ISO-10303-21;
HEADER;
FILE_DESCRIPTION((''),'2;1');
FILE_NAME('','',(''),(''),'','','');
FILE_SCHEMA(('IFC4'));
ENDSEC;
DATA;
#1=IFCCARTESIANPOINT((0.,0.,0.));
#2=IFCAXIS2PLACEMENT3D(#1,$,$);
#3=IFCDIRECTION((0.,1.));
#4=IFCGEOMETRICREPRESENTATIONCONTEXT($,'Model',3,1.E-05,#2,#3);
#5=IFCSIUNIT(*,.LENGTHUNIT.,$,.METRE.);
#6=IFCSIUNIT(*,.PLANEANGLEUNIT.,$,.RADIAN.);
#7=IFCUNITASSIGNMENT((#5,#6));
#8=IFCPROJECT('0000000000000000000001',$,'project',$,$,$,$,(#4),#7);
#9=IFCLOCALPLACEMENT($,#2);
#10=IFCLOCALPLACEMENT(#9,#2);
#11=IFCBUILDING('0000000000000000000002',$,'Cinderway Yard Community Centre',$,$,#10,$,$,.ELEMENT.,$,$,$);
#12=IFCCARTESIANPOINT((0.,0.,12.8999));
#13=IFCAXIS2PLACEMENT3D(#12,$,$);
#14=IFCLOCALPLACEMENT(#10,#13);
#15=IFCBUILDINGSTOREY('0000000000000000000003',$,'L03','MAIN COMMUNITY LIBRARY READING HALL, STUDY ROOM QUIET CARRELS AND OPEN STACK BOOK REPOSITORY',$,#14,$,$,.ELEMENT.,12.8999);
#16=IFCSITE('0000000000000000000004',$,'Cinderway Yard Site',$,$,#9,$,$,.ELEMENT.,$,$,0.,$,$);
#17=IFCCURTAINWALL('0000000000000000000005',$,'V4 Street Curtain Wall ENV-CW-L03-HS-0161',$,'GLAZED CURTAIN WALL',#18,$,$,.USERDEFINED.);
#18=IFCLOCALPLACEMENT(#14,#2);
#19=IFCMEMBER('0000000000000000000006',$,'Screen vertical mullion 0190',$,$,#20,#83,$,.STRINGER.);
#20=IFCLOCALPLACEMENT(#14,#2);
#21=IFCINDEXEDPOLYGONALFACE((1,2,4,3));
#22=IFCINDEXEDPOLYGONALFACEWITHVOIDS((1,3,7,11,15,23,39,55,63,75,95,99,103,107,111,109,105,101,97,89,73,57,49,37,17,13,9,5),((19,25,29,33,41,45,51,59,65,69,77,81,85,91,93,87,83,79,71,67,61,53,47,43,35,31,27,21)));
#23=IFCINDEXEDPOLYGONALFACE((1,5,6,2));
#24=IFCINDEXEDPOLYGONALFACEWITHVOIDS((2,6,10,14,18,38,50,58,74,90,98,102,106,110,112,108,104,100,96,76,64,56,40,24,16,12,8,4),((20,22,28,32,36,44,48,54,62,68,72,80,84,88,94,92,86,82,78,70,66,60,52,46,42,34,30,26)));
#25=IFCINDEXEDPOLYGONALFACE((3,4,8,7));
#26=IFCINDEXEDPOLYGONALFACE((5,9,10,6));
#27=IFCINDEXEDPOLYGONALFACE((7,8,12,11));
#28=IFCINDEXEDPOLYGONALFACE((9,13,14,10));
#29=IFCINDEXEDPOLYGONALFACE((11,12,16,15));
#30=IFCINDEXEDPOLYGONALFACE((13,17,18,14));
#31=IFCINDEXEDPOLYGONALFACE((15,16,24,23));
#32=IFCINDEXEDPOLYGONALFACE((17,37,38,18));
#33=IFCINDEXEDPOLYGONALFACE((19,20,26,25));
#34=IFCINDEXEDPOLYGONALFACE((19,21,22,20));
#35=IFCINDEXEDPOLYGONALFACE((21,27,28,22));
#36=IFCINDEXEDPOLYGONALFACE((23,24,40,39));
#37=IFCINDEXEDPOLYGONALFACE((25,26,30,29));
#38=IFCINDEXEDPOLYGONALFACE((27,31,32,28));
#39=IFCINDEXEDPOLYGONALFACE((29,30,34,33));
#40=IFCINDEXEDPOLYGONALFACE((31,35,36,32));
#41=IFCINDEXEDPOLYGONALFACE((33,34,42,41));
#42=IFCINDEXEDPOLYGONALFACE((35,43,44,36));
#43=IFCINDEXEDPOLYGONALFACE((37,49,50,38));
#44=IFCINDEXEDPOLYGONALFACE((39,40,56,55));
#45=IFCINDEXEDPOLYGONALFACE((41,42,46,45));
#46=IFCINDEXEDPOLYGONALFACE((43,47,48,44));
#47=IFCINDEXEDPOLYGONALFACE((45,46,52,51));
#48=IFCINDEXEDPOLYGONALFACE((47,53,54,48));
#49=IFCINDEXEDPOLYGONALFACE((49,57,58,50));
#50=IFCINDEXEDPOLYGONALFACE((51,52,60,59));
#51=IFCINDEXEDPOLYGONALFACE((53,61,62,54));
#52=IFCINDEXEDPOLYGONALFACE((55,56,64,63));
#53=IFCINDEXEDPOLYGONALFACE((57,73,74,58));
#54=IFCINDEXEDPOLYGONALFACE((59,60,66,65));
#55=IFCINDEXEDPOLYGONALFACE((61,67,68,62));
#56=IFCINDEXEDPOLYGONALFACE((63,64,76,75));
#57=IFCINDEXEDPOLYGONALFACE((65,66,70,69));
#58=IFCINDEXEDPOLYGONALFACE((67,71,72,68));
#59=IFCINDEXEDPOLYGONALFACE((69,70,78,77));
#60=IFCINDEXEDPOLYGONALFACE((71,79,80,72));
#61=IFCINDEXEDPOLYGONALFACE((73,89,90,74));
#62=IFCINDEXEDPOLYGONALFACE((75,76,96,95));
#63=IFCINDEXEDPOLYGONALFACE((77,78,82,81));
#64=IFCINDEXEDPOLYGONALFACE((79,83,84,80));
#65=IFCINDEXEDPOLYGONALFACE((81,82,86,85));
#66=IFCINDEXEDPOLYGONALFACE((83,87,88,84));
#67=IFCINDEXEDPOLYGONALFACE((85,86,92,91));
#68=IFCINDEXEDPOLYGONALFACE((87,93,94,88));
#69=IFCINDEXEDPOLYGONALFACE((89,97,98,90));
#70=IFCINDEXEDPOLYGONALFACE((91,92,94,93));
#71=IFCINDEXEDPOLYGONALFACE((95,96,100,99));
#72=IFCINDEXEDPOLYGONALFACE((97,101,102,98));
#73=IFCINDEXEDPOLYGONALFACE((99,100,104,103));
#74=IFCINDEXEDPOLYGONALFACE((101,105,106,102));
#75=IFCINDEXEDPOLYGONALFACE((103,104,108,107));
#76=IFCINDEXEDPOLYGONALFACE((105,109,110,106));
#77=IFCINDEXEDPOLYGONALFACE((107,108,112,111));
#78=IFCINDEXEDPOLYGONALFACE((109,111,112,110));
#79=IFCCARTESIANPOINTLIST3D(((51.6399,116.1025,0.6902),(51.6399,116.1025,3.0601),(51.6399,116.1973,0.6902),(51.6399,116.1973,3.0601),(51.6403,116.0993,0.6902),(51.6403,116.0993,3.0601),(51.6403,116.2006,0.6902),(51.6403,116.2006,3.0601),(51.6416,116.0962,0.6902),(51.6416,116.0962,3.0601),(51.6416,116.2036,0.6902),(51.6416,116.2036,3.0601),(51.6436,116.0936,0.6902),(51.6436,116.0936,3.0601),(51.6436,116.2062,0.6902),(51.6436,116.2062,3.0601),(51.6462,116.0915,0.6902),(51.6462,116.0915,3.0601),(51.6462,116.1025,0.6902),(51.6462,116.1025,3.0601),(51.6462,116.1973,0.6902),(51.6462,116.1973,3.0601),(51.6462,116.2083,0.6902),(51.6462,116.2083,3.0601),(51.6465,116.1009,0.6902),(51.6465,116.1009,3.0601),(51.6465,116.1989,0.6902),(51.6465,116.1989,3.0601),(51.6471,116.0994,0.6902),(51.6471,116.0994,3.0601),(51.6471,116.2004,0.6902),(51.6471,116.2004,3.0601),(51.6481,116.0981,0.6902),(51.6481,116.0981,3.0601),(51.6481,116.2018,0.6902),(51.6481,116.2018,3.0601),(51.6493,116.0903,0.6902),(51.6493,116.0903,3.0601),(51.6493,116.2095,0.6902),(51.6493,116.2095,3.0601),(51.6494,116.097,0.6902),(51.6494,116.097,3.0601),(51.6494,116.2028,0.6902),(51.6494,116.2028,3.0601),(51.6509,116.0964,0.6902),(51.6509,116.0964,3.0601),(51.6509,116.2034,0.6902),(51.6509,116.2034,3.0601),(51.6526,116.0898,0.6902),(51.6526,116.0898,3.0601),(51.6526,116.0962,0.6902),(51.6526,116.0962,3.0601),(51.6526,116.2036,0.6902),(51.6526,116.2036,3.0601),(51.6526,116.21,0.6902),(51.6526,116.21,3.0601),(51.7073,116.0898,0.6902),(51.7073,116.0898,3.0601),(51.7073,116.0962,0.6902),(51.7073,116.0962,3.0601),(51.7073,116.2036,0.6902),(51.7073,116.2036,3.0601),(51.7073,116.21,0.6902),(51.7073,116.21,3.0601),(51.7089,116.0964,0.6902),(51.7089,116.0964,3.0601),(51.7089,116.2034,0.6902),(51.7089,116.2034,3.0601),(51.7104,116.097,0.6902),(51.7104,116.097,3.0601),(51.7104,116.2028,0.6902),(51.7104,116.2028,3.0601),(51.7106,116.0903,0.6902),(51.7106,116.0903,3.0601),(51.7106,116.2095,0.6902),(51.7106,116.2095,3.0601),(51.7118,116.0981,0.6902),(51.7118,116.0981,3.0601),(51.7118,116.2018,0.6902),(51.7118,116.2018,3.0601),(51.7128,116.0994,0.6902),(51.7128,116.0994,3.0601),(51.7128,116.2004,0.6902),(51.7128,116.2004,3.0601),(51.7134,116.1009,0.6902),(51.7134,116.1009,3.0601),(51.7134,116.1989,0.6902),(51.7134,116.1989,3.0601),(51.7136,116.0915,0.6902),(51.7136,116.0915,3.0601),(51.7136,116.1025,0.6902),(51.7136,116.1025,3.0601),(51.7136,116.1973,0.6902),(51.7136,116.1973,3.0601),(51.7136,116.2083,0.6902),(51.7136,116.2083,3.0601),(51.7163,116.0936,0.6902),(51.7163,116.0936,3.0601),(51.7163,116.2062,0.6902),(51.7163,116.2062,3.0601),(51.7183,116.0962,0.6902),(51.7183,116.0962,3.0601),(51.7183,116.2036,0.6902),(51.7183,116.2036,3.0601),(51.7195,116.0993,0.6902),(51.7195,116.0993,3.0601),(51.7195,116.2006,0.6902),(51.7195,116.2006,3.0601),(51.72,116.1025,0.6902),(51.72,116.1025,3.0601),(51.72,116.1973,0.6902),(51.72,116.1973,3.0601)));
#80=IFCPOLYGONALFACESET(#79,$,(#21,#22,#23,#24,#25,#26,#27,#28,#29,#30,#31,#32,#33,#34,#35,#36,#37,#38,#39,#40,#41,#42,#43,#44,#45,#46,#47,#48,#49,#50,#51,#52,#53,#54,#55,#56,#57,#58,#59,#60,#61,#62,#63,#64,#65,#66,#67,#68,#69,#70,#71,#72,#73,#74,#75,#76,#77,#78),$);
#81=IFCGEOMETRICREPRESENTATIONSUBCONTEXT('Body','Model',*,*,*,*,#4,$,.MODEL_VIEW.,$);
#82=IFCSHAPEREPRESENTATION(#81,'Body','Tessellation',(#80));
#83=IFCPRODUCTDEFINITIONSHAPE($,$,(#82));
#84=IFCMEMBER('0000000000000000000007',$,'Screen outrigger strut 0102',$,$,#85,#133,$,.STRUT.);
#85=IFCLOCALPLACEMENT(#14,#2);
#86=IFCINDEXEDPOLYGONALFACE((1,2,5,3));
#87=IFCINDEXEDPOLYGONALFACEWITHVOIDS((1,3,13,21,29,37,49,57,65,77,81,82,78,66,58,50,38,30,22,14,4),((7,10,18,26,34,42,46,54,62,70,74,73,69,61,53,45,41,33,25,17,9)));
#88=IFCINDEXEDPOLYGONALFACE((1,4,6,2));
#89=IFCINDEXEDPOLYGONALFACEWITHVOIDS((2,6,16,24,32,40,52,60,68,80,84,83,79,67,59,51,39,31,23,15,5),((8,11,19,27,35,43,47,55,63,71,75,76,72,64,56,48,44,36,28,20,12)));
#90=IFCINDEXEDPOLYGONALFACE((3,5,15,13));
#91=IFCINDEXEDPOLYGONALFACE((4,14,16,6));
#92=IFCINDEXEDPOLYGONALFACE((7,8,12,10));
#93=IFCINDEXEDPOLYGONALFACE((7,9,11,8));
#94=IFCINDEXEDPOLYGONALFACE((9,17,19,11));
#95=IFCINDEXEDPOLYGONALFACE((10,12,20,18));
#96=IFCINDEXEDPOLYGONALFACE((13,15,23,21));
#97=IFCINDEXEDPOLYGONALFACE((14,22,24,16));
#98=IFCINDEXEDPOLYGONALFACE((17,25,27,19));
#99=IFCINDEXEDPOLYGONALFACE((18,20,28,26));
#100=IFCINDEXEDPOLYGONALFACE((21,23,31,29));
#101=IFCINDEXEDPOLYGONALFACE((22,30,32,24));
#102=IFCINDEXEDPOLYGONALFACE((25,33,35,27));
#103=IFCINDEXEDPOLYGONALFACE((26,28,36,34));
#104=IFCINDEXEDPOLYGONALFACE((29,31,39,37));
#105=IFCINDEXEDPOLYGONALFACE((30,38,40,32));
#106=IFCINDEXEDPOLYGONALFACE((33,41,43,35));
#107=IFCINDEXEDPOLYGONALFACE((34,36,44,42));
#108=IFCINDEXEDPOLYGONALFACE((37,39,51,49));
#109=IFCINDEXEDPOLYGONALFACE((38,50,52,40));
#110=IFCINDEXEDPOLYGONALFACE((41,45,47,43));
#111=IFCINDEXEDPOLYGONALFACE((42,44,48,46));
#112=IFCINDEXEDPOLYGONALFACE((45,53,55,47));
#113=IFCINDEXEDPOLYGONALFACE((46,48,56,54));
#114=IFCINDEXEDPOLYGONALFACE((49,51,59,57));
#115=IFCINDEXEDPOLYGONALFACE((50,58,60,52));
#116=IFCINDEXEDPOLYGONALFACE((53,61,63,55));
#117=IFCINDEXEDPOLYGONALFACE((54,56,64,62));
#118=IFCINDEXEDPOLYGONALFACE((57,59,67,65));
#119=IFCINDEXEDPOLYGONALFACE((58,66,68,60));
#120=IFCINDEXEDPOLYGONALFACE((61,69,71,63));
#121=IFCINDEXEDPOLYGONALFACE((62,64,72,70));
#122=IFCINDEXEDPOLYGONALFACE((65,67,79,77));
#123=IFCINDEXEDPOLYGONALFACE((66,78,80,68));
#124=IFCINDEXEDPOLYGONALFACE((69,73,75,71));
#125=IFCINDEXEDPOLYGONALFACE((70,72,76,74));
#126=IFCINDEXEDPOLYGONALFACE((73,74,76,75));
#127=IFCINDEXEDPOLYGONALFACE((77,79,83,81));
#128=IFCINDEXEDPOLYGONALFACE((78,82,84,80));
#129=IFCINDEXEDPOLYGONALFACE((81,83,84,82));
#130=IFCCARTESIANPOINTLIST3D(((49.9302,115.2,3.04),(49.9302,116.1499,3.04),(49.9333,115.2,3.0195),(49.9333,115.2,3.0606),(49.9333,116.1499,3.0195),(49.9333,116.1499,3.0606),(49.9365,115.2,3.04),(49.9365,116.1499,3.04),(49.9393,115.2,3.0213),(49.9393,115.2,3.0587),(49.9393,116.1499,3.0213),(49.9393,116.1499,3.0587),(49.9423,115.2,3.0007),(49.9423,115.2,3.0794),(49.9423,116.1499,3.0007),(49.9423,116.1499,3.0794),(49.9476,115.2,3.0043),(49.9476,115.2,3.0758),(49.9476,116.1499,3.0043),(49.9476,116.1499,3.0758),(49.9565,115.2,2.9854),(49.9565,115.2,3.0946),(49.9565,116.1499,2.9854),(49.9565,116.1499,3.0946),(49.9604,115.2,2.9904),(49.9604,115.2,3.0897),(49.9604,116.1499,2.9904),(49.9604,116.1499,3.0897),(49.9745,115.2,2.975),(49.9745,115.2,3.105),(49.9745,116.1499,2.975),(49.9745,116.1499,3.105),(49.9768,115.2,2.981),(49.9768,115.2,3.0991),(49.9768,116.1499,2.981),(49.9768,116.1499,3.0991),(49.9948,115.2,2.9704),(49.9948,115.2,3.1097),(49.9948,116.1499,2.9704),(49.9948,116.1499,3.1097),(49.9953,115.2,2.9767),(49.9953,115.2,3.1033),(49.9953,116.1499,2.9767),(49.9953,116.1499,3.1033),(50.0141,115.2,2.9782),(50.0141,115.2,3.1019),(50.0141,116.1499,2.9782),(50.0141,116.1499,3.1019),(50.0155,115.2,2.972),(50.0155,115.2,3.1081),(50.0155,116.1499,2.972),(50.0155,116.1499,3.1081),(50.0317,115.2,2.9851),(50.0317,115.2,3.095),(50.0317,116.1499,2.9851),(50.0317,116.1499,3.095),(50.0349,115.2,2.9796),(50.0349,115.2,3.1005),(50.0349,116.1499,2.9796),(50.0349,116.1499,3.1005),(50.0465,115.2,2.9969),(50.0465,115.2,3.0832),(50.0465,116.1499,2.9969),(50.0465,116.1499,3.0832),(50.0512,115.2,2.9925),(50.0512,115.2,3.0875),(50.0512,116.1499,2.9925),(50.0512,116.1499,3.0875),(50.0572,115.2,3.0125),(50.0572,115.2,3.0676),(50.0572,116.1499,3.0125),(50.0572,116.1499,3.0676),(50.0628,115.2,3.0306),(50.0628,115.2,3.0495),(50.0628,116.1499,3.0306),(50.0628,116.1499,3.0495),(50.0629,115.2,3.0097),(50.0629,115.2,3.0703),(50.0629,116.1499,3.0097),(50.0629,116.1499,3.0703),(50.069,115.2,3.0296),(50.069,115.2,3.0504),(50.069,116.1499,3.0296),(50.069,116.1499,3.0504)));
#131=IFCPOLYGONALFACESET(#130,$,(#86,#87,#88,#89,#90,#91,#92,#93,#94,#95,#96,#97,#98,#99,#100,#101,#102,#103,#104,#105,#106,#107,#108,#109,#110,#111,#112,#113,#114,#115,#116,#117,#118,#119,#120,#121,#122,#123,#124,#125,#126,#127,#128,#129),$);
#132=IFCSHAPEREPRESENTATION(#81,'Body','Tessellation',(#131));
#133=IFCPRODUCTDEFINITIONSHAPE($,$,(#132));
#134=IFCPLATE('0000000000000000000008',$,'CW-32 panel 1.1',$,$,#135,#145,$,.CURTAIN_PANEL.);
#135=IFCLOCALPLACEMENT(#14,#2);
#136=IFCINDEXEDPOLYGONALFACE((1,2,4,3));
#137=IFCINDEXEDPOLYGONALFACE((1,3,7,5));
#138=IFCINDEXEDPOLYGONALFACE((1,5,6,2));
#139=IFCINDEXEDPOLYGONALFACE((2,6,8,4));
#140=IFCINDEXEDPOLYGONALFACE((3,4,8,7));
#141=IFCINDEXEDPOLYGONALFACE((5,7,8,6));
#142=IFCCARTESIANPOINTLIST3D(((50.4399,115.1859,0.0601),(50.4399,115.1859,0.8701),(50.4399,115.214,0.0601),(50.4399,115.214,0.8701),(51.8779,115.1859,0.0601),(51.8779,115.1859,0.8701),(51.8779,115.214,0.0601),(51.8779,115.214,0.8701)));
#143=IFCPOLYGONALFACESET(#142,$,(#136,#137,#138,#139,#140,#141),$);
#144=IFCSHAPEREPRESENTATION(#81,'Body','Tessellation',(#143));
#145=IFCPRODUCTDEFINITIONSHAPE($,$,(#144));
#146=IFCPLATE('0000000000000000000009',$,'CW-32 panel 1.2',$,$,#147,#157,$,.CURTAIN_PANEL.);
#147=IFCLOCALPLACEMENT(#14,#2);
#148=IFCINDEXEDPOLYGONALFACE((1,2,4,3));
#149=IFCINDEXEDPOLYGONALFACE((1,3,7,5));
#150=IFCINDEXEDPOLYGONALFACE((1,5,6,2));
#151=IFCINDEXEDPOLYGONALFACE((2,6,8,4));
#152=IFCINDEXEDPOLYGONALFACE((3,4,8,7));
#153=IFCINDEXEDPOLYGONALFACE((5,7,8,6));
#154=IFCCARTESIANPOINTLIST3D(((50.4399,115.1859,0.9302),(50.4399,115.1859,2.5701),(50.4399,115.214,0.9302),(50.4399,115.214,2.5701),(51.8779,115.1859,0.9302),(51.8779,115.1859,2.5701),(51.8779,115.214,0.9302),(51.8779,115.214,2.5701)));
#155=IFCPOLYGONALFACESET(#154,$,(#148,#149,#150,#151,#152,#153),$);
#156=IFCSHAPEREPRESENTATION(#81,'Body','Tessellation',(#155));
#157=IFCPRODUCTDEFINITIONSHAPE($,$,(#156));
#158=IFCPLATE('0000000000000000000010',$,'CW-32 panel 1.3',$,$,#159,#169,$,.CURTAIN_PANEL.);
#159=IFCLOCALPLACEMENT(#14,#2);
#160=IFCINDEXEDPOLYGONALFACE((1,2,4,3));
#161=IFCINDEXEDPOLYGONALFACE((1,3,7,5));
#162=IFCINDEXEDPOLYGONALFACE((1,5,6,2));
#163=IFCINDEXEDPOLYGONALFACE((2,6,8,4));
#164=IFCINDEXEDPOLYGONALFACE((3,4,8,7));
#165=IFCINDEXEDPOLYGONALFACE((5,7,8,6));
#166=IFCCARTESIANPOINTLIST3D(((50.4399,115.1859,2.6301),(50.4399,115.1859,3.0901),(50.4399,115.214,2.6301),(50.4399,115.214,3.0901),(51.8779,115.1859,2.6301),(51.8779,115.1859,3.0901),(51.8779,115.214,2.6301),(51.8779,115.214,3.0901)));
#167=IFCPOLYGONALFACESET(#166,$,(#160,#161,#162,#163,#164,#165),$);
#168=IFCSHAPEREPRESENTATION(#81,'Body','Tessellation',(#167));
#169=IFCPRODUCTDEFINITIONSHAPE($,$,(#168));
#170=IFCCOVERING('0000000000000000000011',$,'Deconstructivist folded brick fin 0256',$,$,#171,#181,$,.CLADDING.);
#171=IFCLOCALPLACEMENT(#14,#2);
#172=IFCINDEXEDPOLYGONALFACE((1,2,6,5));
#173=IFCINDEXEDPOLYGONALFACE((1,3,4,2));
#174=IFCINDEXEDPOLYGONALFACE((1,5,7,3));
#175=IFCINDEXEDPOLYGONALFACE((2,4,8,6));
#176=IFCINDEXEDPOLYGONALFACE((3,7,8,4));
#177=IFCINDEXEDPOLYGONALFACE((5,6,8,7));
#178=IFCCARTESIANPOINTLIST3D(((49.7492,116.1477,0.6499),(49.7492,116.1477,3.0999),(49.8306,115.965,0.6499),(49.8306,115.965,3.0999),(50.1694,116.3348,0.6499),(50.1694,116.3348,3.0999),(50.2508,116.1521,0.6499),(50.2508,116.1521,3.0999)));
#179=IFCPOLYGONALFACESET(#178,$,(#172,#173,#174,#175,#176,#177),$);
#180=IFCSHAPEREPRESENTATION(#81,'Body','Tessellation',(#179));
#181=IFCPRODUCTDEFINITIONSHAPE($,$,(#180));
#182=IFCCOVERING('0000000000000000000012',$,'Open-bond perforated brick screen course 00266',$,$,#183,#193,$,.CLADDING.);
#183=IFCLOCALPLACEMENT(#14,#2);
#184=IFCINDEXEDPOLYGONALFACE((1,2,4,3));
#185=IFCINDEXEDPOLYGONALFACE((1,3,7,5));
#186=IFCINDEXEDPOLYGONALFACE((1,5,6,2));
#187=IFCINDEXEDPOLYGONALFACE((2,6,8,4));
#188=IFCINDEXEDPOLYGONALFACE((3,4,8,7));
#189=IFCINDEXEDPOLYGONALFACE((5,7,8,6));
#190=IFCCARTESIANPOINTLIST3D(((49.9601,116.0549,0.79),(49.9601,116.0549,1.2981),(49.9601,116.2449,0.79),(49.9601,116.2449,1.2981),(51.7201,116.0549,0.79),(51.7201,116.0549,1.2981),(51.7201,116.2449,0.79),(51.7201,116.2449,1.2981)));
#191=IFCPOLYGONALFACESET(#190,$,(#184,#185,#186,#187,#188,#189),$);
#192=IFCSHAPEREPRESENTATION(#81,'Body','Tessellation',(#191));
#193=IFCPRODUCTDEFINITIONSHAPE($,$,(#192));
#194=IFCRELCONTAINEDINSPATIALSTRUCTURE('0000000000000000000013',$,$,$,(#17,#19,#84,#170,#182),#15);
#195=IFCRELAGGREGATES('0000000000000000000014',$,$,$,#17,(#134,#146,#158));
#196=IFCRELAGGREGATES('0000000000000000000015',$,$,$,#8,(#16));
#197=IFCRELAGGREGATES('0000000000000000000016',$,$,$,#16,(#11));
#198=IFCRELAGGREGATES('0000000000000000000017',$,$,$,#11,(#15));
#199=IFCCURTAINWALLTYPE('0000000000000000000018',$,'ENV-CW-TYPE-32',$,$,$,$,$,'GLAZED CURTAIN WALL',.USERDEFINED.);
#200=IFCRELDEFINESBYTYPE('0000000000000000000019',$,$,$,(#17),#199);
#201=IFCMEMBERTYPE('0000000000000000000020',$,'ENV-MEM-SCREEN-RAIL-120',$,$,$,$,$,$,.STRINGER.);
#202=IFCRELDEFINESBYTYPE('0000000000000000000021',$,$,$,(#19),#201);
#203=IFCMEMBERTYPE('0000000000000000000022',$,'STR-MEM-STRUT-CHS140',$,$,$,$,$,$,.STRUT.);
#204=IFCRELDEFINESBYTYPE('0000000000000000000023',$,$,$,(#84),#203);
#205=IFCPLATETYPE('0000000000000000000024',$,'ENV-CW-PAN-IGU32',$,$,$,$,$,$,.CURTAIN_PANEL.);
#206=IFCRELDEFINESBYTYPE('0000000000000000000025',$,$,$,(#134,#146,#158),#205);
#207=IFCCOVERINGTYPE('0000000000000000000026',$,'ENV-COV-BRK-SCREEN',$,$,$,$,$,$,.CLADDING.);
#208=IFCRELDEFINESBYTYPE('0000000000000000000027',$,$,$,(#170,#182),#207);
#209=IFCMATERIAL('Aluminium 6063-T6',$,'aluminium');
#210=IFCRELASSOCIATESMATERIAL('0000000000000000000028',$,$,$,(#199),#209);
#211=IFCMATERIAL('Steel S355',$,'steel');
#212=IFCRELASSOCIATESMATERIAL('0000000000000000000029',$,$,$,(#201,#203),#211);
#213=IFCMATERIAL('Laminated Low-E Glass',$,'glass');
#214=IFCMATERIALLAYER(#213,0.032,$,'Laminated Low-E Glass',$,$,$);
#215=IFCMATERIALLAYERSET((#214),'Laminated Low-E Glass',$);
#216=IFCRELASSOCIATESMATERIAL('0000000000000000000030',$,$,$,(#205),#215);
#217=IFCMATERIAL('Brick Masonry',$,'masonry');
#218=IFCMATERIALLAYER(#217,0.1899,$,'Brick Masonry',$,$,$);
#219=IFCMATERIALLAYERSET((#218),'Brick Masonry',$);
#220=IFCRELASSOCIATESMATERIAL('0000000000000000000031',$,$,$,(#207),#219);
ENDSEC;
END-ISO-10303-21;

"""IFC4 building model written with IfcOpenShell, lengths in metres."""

from ifc_helpers import new_model, si_unit, direction, frame, origin, origin_2d, place, context, subcontext, project, spatial, rectangle, hollow_rectangle, hollow_circle, extrude, material, layer, layer_set, material_profile, profile_set, type_object, element, aggregate, save


model = new_model("IFC4")

# Units and contexts
model_context = context("Model", 3, precision=1e-05, world=origin(), true_north=direction((0.0, 1.0)))
body_context = subcontext(model_context, "Body", "Model", "MODEL_VIEW")
ifc_project = project(units=[si_unit("LENGTHUNIT", "METRE"), si_unit("PLANEANGLEUNIT", "RADIAN")], contexts=[model_context])

# Site, building, storey
site_placement = place(None, origin())
site = spatial("IfcSite", under=ifc_project, at=site_placement, Name="Cinderway Yard Site", CompositionType="ELEMENT", RefElevation=0.0)
building_placement = place(site_placement, origin())
building = spatial("IfcBuilding", under=site, at=building_placement, Name="Cinderway Yard Community Centre", CompositionType="ELEMENT")
storey_placement = place(building_placement, frame((0.0, 0.0, 12.8999)))
storey = spatial("IfcBuildingStorey", under=building, at=storey_placement, Name="L03", Description="MAIN COMMUNITY LIBRARY READING HALL, STUDY ROOM QUIET CARRELS AND OPEN STACK BOOK REPOSITORY", CompositionType="ELEMENT", Elevation=12.8999)

# Curtain wall
ifc_material_1 = material(Name="Aluminium 6063-T6", Category="aluminium")
curtain_wall_type = type_object("IfcCurtainWallType", Name="ENV-CW-TYPE-32", ElementType="GLAZED CURTAIN WALL", PredefinedType="USERDEFINED", material=ifc_material_1)
curtain_wall_placement = place(storey_placement, origin())
curtain_wall = element("IfcCurtainWall", 1, at=curtain_wall_placement, inside=storey, type_object=curtain_wall_type, Name="V4 Street Curtain Wall ENV-CW-L03-HS-0161", ObjectType="GLAZED CURTAIN WALL", PredefinedType="USERDEFINED")

# Members
ifc_material_2 = material(Name="Steel S355", Category="steel")
ifc_material_profile_1 = material_profile(ifc_material_2, hollow_rectangle(XDim=0.0801, YDim=0.1201, WallThickness=0.0063, InnerFilletRadius=0.0063, OuterFilletRadius=0.0127, at=origin_2d()), Name="Steel S355")
ifc_profile_set_1 = profile_set([ifc_material_profile_1], Name="Steel S355")
member_type_1 = type_object("IfcMemberType", Name="ENV-MEM-SCREEN-RAIL-120", PredefinedType="STRINGER", material=ifc_profile_set_1)
for number, where, z_axis, x_axis, name in (
    (2, (51.6799, 116.1499, 0.6902), (0.0, 0.0, 1.0), (1.0, 0.0, 0.0), "Screen vertical mullion 0190"),
):
    element("IfcMember", number, at=place(storey_placement, frame(where, z_axis=z_axis, x_axis=x_axis)), inside=storey, type_object=member_type_1, Name=name, PredefinedType="STRINGER", context=body_context, shape_type="SweptSolid", body=[
        extrude(hollow_rectangle(XDim=0.0801, YDim=0.1201, WallThickness=0.0063, InnerFilletRadius=0.0063, OuterFilletRadius=0.0127, at=origin_2d()), origin(), (0.0, 0.0, 1.0), 2.3699),
    ])
ifc_material_profile_2 = material_profile(ifc_material_2, hollow_circle(Radius=0.0698, WallThickness=0.0063, at=origin_2d()), Name="Steel S355")
ifc_profile_set_2 = profile_set([ifc_material_profile_2], Name="Steel S355")
member_type_2 = type_object("IfcMemberType", Name="STR-MEM-STRUT-CHS140", PredefinedType="STRUT", material=ifc_profile_set_2)
member_1_placement = place(storey_placement, frame((50.0, 115.2, 3.04), z_axis=(0.0, 1.0, 0.0), x_axis=(-1.0, 0.0, 0.0)))
element("IfcMember", 3, at=member_1_placement, inside=storey, type_object=member_type_2, Name="Screen outrigger strut 0102", PredefinedType="STRUT", context=body_context, shape_type="SweptSolid", body=[
    extrude(hollow_circle(Radius=0.0698, WallThickness=0.0063, at=origin_2d()), origin(), (0.0, 0.0, 1.0), 0.95),
])

# Plates
ifc_material_3 = material(Name="Laminated Low-E Glass", Category="glass")
ifc_layer_1 = layer(ifc_material_3, 0.032, Name="Laminated Low-E Glass")
ifc_layer_set_1 = layer_set([ifc_layer_1], Name="Laminated Low-E Glass")
plate_type = type_object("IfcPlateType", Name="ENV-CW-PAN-IGU32", PredefinedType="CURTAIN_PANEL", material=ifc_layer_set_1)
plate_1_placement = place(storey_placement, frame((51.1589, 115.2, 0.0601), z_axis=(0.0, 0.0, 1.0), x_axis=(1.0, 0.0, 0.0)))
plate_1 = element("IfcPlate", 4, at=plate_1_placement, type_object=plate_type, Name="CW-32 panel 1.1", PredefinedType="CURTAIN_PANEL", context=body_context, shape_type="SweptSolid", body=[
    extrude(rectangle(XDim=1.438, YDim=0.0281, at=origin_2d()), origin(), (0.0, 0.0, 1.0), 0.8101),
])
plate_2_placement = place(storey_placement, frame((51.1589, 115.2, 0.9302), z_axis=(0.0, 0.0, 1.0), x_axis=(1.0, 0.0, 0.0)))
plate_2 = element("IfcPlate", 5, at=plate_2_placement, type_object=plate_type, Name="CW-32 panel 1.2", PredefinedType="CURTAIN_PANEL", context=body_context, shape_type="SweptSolid", body=[
    extrude(rectangle(XDim=1.438, YDim=0.0281, at=origin_2d()), origin(), (0.0, 0.0, 1.0), 1.6399),
])
plate_3_placement = place(storey_placement, frame((51.1589, 115.2, 2.6301), z_axis=(0.0, 0.0, 1.0), x_axis=(1.0, 0.0, 0.0)))
plate_3 = element("IfcPlate", 6, at=plate_3_placement, type_object=plate_type, Name="CW-32 panel 1.3", PredefinedType="CURTAIN_PANEL", context=body_context, shape_type="SweptSolid", body=[
    extrude(rectangle(XDim=1.438, YDim=0.0281, at=origin_2d()), origin(), (0.0, 0.0, 1.0), 0.46),
])
aggregate(curtain_wall, [plate_1, plate_2, plate_3])

# Coverings
ifc_material_4 = material(Name="Brick Masonry", Category="masonry")
ifc_layer_2 = layer(ifc_material_4, 0.1899, Name="Brick Masonry")
ifc_layer_set_2 = layer_set([ifc_layer_2], Name="Brick Masonry")
covering_type = type_object("IfcCoveringType", Name="ENV-COV-BRK-SCREEN", PredefinedType="CLADDING", material=ifc_layer_set_2)
covering_placement = place(storey_placement, frame((50.0, 116.1499, 0.6499), z_axis=(0.0, 0.0, 1.0), x_axis=(0.913545, 0.406737, 0.0)))
element("IfcCovering", 7, at=covering_placement, inside=storey, type_object=covering_type, Name="Deconstructivist folded brick fin 0256", PredefinedType="CLADDING", context=body_context, shape_type="SweptSolid", body=[
    extrude(rectangle(XDim=0.46, YDim=0.2, at=origin_2d()), origin(), (0.0, 0.0, 1.0), 2.45),
])
for number, where, z_axis, x_axis, name in (
    (8, (50.8401, 116.1499, 0.79), (0.0, 0.0, 1.0), (1.0, 0.0, 0.0), "Open-bond perforated brick screen course 00266"),
):
    element("IfcCovering", number, at=place(storey_placement, frame(where, z_axis=z_axis, x_axis=x_axis)), inside=storey, type_object=covering_type, Name=name, PredefinedType="CLADDING", context=body_context, shape_type="SweptSolid", body=[
        extrude(rectangle(XDim=1.76, YDim=0.1899, at=origin_2d()), origin(), (0.0, 0.0, 1.0), 0.5081),
    ])

save(model, "model.ifc")
